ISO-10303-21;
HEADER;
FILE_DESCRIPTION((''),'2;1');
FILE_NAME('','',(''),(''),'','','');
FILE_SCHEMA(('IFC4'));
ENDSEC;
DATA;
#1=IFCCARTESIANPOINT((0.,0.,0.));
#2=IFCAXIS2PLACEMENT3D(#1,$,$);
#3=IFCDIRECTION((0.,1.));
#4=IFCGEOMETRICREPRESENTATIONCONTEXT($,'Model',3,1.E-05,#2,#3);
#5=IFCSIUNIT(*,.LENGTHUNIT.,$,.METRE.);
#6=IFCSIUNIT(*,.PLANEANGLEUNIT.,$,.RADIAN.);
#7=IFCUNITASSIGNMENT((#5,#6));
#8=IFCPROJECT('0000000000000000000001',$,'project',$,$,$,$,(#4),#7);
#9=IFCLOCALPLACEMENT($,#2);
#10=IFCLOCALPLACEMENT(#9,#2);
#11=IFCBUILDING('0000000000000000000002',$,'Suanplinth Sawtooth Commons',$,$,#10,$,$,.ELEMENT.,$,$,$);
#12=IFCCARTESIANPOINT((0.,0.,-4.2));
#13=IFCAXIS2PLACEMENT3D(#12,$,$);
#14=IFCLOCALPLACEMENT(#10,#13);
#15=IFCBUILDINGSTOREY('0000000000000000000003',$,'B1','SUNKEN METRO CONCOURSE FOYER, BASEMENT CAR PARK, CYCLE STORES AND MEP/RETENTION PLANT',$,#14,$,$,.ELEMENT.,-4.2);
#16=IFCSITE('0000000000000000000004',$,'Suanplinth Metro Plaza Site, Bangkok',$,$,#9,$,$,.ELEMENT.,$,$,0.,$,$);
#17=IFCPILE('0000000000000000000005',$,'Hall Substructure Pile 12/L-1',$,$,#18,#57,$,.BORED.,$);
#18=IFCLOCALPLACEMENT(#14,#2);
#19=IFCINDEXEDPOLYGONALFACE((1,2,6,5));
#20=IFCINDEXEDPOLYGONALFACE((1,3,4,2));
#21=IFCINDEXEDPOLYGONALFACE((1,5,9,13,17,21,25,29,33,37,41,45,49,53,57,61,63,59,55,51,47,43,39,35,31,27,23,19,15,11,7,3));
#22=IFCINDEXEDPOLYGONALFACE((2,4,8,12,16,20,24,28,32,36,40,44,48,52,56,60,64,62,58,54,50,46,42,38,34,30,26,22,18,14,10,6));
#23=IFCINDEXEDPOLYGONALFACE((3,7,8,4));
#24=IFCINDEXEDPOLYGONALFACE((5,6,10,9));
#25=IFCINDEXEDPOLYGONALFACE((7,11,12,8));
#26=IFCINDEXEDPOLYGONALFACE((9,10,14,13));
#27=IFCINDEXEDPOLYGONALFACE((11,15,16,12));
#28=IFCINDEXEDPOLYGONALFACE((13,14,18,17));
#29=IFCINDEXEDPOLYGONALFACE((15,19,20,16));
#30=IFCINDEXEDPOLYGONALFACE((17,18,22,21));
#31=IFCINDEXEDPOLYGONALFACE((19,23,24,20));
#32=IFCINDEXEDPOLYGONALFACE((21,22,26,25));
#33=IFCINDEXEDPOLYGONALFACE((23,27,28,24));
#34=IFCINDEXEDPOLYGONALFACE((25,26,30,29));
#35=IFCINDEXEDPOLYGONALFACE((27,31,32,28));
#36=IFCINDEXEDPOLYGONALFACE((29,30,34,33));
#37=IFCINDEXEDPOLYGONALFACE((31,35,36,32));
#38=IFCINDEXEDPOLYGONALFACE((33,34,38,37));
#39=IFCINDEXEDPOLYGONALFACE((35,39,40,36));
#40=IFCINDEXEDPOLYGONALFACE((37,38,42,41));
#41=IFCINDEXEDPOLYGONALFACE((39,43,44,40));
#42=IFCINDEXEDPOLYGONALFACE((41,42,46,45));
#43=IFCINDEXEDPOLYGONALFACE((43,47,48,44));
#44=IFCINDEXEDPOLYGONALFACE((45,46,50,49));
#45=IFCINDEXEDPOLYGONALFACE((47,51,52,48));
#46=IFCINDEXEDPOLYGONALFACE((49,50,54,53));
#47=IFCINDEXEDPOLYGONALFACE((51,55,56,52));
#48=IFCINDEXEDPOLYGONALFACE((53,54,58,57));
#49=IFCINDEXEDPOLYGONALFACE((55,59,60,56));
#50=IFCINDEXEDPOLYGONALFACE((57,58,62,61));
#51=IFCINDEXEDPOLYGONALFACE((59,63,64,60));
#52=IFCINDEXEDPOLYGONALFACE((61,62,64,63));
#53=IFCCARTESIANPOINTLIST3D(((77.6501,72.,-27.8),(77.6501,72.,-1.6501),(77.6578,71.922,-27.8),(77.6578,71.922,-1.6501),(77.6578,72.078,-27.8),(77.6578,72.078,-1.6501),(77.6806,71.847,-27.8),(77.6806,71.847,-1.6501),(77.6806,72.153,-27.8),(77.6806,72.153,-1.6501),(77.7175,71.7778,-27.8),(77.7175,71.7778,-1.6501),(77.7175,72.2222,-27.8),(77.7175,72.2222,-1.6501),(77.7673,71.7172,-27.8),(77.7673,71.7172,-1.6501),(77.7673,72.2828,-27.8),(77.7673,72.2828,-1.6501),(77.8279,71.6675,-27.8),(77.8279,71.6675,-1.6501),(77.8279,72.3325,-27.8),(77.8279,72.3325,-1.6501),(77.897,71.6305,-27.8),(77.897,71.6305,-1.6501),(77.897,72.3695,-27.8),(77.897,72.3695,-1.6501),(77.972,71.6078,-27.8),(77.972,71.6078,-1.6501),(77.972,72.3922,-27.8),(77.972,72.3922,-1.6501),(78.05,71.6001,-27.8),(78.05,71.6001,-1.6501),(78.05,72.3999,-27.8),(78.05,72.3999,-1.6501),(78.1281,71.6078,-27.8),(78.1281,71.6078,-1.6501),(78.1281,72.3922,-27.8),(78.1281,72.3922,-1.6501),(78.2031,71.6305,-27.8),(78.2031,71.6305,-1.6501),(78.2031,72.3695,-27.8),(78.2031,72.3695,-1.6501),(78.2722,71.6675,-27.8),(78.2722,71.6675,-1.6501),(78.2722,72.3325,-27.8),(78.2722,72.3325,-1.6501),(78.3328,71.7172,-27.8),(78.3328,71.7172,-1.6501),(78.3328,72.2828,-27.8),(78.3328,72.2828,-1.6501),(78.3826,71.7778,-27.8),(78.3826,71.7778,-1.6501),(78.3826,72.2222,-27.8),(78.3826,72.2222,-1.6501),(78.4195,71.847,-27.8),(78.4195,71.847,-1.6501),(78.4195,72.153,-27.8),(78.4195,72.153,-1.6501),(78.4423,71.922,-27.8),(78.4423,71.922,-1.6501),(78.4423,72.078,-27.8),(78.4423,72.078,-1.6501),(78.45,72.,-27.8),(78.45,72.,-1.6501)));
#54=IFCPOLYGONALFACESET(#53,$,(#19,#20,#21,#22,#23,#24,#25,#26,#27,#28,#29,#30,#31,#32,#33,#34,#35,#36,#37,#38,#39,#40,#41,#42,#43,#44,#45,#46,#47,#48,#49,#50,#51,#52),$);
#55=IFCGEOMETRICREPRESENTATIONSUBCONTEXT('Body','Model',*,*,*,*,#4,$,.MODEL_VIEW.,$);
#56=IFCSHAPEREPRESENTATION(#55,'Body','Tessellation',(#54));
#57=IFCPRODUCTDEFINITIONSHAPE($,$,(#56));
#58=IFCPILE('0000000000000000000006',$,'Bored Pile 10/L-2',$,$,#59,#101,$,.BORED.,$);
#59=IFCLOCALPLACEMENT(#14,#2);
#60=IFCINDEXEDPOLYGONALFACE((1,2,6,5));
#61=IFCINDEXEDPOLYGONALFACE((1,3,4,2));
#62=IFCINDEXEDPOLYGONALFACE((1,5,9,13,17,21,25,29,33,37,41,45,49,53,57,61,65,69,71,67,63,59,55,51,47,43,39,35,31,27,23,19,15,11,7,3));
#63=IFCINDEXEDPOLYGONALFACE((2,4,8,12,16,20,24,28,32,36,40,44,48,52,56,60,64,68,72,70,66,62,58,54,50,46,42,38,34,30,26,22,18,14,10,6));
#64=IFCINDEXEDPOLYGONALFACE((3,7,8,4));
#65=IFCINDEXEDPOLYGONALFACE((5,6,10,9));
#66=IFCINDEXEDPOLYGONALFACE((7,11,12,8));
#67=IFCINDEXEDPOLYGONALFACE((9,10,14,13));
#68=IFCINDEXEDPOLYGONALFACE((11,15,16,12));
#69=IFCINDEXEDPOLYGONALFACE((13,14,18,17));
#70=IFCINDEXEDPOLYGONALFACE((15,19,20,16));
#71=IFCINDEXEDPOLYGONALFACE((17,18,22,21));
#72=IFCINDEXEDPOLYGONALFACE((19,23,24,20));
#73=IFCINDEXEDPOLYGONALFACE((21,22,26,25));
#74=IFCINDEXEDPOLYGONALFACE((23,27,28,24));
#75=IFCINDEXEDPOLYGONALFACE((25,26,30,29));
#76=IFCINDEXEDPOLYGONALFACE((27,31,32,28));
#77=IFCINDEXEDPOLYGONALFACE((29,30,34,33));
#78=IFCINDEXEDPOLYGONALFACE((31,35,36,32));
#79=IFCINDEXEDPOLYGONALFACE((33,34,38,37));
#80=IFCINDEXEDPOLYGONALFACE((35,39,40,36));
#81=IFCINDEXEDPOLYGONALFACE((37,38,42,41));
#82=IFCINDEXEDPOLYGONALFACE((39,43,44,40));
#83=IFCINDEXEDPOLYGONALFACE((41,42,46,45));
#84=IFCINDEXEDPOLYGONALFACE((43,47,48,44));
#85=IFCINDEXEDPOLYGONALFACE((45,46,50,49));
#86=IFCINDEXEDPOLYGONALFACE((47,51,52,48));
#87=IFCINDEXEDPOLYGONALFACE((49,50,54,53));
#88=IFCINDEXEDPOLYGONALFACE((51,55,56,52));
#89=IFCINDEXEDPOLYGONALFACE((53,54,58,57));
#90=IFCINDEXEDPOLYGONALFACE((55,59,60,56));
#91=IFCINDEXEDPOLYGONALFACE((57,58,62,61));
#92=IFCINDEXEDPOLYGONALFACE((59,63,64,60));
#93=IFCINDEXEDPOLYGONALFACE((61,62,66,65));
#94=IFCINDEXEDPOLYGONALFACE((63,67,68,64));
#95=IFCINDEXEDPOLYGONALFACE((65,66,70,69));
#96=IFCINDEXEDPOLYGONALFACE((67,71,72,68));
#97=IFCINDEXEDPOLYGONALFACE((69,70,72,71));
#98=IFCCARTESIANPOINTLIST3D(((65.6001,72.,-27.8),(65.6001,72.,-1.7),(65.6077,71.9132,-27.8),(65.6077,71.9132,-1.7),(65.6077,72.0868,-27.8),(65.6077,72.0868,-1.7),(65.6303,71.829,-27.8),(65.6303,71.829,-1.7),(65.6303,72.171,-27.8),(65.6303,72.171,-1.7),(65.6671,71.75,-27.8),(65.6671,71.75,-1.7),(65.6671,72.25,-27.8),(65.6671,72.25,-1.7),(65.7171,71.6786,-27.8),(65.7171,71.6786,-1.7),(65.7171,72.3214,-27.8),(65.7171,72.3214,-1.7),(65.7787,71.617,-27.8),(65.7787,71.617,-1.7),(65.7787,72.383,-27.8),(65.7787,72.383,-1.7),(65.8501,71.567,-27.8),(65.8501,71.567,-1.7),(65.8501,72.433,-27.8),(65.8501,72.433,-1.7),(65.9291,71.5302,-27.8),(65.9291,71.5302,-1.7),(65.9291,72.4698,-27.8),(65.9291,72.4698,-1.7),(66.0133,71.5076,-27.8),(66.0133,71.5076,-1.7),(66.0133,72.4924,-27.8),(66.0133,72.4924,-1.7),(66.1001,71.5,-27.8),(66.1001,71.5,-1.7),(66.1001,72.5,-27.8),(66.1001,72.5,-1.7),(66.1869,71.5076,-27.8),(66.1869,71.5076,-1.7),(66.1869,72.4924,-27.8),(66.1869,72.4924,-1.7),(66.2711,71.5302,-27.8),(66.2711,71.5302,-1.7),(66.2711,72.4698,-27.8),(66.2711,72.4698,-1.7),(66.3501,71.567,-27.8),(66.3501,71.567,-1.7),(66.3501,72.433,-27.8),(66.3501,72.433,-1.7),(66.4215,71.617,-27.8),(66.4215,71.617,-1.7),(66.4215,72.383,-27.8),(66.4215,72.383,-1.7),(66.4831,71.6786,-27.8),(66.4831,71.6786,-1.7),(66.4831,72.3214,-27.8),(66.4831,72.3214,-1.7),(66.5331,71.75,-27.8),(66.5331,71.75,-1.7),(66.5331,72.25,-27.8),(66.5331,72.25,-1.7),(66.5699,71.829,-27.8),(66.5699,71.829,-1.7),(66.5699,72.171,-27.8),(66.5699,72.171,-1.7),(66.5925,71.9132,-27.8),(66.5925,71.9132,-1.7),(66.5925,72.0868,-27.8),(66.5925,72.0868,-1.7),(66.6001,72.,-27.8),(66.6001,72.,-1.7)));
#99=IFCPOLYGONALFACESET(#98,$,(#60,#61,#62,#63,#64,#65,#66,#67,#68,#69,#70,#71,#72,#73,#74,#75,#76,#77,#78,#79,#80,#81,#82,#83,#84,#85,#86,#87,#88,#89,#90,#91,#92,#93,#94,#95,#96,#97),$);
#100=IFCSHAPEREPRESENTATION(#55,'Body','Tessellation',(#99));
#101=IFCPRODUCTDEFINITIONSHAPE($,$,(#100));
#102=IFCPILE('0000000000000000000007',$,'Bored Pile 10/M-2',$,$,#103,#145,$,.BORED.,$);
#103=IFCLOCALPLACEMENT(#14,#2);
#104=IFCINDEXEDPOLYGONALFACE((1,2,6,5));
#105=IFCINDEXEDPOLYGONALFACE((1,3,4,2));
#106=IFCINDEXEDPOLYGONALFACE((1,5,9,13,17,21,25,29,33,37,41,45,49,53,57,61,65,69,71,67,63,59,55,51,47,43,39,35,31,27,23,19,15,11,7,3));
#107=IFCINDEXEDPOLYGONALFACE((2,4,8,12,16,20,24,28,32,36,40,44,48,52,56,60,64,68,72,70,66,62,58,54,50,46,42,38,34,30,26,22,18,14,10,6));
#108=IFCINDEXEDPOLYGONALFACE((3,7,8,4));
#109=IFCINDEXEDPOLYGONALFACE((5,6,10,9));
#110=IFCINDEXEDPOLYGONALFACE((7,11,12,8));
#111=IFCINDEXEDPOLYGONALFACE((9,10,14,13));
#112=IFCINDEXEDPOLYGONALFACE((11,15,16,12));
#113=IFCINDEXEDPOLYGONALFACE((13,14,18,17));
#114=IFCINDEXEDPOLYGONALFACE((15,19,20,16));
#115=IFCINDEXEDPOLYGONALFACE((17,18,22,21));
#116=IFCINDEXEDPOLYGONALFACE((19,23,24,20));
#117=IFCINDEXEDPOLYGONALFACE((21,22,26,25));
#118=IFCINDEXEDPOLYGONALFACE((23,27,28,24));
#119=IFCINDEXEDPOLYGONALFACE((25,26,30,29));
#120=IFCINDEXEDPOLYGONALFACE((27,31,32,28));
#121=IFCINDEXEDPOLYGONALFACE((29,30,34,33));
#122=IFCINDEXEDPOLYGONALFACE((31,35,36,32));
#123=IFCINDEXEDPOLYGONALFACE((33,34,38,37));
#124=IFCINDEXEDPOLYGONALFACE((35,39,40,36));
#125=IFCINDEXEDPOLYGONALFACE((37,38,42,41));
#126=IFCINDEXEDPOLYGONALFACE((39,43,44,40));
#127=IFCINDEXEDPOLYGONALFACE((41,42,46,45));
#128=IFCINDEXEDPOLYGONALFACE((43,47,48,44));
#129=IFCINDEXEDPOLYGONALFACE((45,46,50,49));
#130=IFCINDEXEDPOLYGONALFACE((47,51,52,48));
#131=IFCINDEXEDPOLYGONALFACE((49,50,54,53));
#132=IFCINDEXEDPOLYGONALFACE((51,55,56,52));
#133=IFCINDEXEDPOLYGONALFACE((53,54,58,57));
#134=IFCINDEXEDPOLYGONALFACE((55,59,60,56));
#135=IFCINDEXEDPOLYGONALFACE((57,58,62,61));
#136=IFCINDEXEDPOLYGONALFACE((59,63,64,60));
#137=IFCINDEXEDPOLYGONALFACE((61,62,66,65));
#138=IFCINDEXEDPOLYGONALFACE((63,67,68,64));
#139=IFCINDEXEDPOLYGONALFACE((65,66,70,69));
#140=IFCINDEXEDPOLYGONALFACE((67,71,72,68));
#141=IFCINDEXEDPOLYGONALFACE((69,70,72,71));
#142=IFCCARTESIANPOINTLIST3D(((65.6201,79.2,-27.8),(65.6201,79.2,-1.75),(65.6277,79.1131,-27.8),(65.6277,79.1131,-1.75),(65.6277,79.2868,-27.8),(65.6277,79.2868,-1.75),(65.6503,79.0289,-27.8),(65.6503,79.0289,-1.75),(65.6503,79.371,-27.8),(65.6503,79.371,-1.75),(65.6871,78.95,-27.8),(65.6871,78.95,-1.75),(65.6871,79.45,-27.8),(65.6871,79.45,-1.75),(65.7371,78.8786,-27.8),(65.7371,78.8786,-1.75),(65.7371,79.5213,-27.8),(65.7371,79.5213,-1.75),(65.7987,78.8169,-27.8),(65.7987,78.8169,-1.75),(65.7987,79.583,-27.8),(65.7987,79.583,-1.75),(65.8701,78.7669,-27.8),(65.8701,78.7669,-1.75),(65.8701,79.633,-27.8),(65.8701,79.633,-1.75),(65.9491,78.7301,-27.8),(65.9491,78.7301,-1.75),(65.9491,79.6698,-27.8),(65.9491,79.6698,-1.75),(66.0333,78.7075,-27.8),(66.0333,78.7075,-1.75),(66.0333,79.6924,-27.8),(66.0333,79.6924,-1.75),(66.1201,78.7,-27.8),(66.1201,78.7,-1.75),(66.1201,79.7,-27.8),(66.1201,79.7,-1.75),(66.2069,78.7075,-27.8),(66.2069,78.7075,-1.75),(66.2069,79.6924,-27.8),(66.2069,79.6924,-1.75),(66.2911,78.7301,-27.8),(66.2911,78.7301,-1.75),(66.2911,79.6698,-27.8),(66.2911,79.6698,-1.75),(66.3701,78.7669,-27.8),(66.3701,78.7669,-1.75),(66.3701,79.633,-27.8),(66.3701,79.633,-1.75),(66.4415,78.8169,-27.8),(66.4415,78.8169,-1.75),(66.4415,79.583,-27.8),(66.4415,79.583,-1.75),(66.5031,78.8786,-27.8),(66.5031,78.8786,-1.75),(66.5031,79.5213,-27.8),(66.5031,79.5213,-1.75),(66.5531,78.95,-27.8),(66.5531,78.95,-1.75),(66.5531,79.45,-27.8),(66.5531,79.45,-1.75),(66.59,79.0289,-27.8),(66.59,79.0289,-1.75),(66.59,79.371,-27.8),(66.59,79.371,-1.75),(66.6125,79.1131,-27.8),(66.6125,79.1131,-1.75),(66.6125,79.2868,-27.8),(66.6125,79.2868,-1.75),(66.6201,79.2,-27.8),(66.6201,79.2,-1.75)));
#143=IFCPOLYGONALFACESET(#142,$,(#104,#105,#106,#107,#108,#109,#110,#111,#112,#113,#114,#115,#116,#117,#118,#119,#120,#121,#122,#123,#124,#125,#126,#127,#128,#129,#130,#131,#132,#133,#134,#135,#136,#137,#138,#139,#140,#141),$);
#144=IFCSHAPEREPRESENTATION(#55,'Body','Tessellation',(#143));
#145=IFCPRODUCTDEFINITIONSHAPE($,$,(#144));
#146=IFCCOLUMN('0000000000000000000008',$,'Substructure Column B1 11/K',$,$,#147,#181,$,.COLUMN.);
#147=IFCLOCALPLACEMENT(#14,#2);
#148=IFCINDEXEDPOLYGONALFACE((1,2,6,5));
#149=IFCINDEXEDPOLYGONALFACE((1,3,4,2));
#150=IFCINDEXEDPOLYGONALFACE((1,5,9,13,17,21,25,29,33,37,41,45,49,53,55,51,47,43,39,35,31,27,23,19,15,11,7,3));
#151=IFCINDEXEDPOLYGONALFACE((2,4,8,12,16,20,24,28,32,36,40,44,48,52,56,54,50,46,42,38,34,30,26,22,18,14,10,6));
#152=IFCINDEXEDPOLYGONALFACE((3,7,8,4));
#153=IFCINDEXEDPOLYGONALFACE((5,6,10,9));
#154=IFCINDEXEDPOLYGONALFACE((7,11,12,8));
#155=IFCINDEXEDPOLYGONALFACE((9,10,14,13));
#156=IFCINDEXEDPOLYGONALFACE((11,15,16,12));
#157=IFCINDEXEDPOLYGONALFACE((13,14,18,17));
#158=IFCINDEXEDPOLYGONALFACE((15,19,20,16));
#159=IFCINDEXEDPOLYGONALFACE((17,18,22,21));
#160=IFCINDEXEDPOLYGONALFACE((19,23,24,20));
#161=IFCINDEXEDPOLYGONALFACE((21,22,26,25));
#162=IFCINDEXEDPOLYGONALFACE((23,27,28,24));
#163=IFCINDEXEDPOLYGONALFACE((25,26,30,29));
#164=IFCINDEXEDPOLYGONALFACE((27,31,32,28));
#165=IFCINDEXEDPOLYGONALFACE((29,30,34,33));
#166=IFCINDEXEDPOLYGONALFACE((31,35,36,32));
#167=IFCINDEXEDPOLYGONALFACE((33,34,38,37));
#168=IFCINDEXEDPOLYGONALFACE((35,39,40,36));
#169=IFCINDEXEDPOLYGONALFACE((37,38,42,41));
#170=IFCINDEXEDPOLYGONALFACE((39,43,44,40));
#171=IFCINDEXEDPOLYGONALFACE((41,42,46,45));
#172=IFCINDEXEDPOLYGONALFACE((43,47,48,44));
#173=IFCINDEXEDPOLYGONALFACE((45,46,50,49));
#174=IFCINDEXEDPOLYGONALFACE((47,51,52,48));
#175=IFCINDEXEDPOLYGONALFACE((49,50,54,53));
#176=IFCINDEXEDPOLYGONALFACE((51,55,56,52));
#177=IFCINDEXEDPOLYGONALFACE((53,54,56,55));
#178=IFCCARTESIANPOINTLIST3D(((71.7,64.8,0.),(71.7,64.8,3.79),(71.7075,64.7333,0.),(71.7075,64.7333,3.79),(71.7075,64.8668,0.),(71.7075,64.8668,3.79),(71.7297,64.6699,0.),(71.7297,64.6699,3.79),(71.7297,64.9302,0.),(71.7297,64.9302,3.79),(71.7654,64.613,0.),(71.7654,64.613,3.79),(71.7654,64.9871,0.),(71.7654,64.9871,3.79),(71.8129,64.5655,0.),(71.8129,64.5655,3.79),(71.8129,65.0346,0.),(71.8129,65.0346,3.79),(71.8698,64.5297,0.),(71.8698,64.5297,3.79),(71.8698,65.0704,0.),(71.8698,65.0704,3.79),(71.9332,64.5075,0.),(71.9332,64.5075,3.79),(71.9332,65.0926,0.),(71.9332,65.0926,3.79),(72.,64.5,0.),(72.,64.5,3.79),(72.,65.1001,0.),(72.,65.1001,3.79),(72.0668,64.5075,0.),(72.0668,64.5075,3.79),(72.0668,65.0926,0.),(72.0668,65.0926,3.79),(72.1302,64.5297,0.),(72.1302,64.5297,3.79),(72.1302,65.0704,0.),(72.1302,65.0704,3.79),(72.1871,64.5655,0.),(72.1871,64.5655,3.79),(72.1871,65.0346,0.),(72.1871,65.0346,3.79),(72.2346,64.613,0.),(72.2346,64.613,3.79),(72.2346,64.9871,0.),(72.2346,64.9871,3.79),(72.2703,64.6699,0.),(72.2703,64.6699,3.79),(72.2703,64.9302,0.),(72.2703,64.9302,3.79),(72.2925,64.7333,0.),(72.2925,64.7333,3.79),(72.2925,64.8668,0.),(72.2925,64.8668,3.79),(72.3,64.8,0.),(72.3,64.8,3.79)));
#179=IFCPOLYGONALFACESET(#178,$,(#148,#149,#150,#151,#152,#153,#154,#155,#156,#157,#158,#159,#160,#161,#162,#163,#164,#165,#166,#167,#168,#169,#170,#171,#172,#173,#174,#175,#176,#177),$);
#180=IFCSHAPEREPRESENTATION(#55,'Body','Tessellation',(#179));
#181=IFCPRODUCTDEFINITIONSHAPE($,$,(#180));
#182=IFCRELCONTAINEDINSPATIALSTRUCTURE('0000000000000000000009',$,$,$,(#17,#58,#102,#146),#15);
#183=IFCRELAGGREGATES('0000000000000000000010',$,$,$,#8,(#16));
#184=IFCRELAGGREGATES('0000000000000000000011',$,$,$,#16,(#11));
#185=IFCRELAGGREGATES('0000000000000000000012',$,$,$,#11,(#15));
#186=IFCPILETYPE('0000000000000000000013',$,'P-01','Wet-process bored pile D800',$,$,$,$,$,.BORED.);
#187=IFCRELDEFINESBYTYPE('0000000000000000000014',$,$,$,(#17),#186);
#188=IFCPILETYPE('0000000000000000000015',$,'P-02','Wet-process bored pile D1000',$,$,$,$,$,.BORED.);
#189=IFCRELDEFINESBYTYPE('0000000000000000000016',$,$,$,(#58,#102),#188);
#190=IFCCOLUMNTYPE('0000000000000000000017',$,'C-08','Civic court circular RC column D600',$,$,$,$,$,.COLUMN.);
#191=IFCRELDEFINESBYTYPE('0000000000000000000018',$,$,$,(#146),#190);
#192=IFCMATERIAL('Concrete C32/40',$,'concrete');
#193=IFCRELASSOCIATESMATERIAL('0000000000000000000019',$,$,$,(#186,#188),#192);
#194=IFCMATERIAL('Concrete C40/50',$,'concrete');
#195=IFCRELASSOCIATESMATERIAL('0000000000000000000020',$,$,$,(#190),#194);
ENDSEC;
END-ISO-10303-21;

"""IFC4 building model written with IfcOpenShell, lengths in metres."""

from ifc_helpers import new_model, si_unit, direction, frame, origin, origin_2d, place, context, subcontext, project, spatial, circle, extrude, material, material_profile, profile_set, type_object, element, save


model = new_model("IFC4")

# Units and contexts
model_context = context("Model", 3, precision=1e-05, world=origin(), true_north=direction((0.0, 1.0)))
body_context = subcontext(model_context, "Body", "Model", "MODEL_VIEW")
ifc_project = project(units=[si_unit("LENGTHUNIT", "METRE"), si_unit("PLANEANGLEUNIT", "RADIAN")], contexts=[model_context])

# Site, building, storey
site_placement = place(None, origin())
site = spatial("IfcSite", under=ifc_project, at=site_placement, Name="Suanplinth Metro Plaza Site, Bangkok", CompositionType="ELEMENT", RefElevation=0.0)
building_placement = place(site_placement, origin())
building = spatial("IfcBuilding", under=site, at=building_placement, Name="Suanplinth Sawtooth Commons", CompositionType="ELEMENT")
storey_placement = place(building_placement, frame((0.0, 0.0, -4.2)))
storey = spatial("IfcBuildingStorey", under=building, at=storey_placement, Name="B1", Description="SUNKEN METRO CONCOURSE FOYER, BASEMENT CAR PARK, CYCLE STORES AND MEP/RETENTION PLANT", CompositionType="ELEMENT", Elevation=-4.2)

# Piles
ifc_material_1 = material(Name="Concrete C32/40", Category="concrete")
ifc_material_profile_1 = material_profile(ifc_material_1, circle(Radius=0.3999, at=origin_2d()), Name="PILE D800")
ifc_profile_set_1 = profile_set([ifc_material_profile_1], Name="Concrete C32/40")
pile_type_1 = type_object("IfcPileType", Name="P-01", Description="Wet-process bored pile D800", PredefinedType="BORED", material=ifc_profile_set_1)
for number, where, z_axis, x_axis, name in (
    (1, (78.05, 72.0, -1.6501), (0.0, 0.0, -1.0), (1.0, 0.0, 0.0), "Hall Substructure Pile 12/L-1"),
):
    element("IfcPile", number, at=place(storey_placement, frame(where, z_axis=z_axis, x_axis=x_axis)), inside=storey, type_object=pile_type_1, Name=name, PredefinedType="BORED", context=body_context, shape_type="SweptSolid", body=[
        extrude(circle(Radius=0.3999, at=origin_2d()), origin(), (0.0, 0.0, 1.0), 26.1499),
    ])
ifc_material_profile_2 = material_profile(ifc_material_1, circle(Radius=0.5, at=origin_2d()), Name="PILE D1000")
ifc_profile_set_2 = profile_set([ifc_material_profile_2], Name="Concrete C32/40")
pile_type_2 = type_object("IfcPileType", Name="P-02", Description="Wet-process bored pile D1000", PredefinedType="BORED", material=ifc_profile_set_2)
pile_1_placement = place(storey_placement, frame((66.1001, 72.0, -1.7), z_axis=(0.0, 0.0, -1.0), x_axis=(1.0, 0.0, 0.0)))
element("IfcPile", 2, at=pile_1_placement, inside=storey, type_object=pile_type_2, Name="Bored Pile 10/L-2", PredefinedType="BORED", context=body_context, shape_type="SweptSolid", body=[
    extrude(circle(Radius=0.5, at=origin_2d()), origin(), (0.0, 0.0, 1.0), 26.1001),
])
pile_2_placement = place(storey_placement, frame((66.1201, 79.2, -1.75), z_axis=(0.0, 0.0, -1.0), x_axis=(1.0, 0.0, 0.0)))
element("IfcPile", 3, at=pile_2_placement, inside=storey, type_object=pile_type_2, Name="Bored Pile 10/M-2", PredefinedType="BORED", context=body_context, shape_type="SweptSolid", body=[
    extrude(circle(Radius=0.5, at=origin_2d()), origin(), (0.0, 0.0, 1.0), 26.05),
])

# Column
ifc_material_2 = material(Name="Concrete C40/50", Category="concrete")
ifc_material_profile_3 = material_profile(ifc_material_2, circle(Radius=0.3, at=origin_2d()), Name="RC-CIRC D600")
ifc_profile_set_3 = profile_set([ifc_material_profile_3], Name="Concrete C40/50")
column_type_1 = type_object("IfcColumnType", Name="C-08", Description="Civic court circular RC column D600", PredefinedType="COLUMN", material=ifc_profile_set_3)
for number, where, z_axis, x_axis, name in (
    (4, (72.0, 64.8, 0.0), (0.0, 0.0, 1.0), (1.0, 0.0, 0.0), "Substructure Column B1 11/K"),
):
    element("IfcColumn", number, at=place(storey_placement, frame(where, z_axis=z_axis, x_axis=x_axis)), inside=storey, type_object=column_type_1, Name=name, PredefinedType="COLUMN", context=body_context, shape_type="SweptSolid", body=[
        extrude(circle(Radius=0.3, at=origin_2d()), origin(), (0.0, 0.0, 1.0), 3.79),
    ])

save(model, "model.ifc")
